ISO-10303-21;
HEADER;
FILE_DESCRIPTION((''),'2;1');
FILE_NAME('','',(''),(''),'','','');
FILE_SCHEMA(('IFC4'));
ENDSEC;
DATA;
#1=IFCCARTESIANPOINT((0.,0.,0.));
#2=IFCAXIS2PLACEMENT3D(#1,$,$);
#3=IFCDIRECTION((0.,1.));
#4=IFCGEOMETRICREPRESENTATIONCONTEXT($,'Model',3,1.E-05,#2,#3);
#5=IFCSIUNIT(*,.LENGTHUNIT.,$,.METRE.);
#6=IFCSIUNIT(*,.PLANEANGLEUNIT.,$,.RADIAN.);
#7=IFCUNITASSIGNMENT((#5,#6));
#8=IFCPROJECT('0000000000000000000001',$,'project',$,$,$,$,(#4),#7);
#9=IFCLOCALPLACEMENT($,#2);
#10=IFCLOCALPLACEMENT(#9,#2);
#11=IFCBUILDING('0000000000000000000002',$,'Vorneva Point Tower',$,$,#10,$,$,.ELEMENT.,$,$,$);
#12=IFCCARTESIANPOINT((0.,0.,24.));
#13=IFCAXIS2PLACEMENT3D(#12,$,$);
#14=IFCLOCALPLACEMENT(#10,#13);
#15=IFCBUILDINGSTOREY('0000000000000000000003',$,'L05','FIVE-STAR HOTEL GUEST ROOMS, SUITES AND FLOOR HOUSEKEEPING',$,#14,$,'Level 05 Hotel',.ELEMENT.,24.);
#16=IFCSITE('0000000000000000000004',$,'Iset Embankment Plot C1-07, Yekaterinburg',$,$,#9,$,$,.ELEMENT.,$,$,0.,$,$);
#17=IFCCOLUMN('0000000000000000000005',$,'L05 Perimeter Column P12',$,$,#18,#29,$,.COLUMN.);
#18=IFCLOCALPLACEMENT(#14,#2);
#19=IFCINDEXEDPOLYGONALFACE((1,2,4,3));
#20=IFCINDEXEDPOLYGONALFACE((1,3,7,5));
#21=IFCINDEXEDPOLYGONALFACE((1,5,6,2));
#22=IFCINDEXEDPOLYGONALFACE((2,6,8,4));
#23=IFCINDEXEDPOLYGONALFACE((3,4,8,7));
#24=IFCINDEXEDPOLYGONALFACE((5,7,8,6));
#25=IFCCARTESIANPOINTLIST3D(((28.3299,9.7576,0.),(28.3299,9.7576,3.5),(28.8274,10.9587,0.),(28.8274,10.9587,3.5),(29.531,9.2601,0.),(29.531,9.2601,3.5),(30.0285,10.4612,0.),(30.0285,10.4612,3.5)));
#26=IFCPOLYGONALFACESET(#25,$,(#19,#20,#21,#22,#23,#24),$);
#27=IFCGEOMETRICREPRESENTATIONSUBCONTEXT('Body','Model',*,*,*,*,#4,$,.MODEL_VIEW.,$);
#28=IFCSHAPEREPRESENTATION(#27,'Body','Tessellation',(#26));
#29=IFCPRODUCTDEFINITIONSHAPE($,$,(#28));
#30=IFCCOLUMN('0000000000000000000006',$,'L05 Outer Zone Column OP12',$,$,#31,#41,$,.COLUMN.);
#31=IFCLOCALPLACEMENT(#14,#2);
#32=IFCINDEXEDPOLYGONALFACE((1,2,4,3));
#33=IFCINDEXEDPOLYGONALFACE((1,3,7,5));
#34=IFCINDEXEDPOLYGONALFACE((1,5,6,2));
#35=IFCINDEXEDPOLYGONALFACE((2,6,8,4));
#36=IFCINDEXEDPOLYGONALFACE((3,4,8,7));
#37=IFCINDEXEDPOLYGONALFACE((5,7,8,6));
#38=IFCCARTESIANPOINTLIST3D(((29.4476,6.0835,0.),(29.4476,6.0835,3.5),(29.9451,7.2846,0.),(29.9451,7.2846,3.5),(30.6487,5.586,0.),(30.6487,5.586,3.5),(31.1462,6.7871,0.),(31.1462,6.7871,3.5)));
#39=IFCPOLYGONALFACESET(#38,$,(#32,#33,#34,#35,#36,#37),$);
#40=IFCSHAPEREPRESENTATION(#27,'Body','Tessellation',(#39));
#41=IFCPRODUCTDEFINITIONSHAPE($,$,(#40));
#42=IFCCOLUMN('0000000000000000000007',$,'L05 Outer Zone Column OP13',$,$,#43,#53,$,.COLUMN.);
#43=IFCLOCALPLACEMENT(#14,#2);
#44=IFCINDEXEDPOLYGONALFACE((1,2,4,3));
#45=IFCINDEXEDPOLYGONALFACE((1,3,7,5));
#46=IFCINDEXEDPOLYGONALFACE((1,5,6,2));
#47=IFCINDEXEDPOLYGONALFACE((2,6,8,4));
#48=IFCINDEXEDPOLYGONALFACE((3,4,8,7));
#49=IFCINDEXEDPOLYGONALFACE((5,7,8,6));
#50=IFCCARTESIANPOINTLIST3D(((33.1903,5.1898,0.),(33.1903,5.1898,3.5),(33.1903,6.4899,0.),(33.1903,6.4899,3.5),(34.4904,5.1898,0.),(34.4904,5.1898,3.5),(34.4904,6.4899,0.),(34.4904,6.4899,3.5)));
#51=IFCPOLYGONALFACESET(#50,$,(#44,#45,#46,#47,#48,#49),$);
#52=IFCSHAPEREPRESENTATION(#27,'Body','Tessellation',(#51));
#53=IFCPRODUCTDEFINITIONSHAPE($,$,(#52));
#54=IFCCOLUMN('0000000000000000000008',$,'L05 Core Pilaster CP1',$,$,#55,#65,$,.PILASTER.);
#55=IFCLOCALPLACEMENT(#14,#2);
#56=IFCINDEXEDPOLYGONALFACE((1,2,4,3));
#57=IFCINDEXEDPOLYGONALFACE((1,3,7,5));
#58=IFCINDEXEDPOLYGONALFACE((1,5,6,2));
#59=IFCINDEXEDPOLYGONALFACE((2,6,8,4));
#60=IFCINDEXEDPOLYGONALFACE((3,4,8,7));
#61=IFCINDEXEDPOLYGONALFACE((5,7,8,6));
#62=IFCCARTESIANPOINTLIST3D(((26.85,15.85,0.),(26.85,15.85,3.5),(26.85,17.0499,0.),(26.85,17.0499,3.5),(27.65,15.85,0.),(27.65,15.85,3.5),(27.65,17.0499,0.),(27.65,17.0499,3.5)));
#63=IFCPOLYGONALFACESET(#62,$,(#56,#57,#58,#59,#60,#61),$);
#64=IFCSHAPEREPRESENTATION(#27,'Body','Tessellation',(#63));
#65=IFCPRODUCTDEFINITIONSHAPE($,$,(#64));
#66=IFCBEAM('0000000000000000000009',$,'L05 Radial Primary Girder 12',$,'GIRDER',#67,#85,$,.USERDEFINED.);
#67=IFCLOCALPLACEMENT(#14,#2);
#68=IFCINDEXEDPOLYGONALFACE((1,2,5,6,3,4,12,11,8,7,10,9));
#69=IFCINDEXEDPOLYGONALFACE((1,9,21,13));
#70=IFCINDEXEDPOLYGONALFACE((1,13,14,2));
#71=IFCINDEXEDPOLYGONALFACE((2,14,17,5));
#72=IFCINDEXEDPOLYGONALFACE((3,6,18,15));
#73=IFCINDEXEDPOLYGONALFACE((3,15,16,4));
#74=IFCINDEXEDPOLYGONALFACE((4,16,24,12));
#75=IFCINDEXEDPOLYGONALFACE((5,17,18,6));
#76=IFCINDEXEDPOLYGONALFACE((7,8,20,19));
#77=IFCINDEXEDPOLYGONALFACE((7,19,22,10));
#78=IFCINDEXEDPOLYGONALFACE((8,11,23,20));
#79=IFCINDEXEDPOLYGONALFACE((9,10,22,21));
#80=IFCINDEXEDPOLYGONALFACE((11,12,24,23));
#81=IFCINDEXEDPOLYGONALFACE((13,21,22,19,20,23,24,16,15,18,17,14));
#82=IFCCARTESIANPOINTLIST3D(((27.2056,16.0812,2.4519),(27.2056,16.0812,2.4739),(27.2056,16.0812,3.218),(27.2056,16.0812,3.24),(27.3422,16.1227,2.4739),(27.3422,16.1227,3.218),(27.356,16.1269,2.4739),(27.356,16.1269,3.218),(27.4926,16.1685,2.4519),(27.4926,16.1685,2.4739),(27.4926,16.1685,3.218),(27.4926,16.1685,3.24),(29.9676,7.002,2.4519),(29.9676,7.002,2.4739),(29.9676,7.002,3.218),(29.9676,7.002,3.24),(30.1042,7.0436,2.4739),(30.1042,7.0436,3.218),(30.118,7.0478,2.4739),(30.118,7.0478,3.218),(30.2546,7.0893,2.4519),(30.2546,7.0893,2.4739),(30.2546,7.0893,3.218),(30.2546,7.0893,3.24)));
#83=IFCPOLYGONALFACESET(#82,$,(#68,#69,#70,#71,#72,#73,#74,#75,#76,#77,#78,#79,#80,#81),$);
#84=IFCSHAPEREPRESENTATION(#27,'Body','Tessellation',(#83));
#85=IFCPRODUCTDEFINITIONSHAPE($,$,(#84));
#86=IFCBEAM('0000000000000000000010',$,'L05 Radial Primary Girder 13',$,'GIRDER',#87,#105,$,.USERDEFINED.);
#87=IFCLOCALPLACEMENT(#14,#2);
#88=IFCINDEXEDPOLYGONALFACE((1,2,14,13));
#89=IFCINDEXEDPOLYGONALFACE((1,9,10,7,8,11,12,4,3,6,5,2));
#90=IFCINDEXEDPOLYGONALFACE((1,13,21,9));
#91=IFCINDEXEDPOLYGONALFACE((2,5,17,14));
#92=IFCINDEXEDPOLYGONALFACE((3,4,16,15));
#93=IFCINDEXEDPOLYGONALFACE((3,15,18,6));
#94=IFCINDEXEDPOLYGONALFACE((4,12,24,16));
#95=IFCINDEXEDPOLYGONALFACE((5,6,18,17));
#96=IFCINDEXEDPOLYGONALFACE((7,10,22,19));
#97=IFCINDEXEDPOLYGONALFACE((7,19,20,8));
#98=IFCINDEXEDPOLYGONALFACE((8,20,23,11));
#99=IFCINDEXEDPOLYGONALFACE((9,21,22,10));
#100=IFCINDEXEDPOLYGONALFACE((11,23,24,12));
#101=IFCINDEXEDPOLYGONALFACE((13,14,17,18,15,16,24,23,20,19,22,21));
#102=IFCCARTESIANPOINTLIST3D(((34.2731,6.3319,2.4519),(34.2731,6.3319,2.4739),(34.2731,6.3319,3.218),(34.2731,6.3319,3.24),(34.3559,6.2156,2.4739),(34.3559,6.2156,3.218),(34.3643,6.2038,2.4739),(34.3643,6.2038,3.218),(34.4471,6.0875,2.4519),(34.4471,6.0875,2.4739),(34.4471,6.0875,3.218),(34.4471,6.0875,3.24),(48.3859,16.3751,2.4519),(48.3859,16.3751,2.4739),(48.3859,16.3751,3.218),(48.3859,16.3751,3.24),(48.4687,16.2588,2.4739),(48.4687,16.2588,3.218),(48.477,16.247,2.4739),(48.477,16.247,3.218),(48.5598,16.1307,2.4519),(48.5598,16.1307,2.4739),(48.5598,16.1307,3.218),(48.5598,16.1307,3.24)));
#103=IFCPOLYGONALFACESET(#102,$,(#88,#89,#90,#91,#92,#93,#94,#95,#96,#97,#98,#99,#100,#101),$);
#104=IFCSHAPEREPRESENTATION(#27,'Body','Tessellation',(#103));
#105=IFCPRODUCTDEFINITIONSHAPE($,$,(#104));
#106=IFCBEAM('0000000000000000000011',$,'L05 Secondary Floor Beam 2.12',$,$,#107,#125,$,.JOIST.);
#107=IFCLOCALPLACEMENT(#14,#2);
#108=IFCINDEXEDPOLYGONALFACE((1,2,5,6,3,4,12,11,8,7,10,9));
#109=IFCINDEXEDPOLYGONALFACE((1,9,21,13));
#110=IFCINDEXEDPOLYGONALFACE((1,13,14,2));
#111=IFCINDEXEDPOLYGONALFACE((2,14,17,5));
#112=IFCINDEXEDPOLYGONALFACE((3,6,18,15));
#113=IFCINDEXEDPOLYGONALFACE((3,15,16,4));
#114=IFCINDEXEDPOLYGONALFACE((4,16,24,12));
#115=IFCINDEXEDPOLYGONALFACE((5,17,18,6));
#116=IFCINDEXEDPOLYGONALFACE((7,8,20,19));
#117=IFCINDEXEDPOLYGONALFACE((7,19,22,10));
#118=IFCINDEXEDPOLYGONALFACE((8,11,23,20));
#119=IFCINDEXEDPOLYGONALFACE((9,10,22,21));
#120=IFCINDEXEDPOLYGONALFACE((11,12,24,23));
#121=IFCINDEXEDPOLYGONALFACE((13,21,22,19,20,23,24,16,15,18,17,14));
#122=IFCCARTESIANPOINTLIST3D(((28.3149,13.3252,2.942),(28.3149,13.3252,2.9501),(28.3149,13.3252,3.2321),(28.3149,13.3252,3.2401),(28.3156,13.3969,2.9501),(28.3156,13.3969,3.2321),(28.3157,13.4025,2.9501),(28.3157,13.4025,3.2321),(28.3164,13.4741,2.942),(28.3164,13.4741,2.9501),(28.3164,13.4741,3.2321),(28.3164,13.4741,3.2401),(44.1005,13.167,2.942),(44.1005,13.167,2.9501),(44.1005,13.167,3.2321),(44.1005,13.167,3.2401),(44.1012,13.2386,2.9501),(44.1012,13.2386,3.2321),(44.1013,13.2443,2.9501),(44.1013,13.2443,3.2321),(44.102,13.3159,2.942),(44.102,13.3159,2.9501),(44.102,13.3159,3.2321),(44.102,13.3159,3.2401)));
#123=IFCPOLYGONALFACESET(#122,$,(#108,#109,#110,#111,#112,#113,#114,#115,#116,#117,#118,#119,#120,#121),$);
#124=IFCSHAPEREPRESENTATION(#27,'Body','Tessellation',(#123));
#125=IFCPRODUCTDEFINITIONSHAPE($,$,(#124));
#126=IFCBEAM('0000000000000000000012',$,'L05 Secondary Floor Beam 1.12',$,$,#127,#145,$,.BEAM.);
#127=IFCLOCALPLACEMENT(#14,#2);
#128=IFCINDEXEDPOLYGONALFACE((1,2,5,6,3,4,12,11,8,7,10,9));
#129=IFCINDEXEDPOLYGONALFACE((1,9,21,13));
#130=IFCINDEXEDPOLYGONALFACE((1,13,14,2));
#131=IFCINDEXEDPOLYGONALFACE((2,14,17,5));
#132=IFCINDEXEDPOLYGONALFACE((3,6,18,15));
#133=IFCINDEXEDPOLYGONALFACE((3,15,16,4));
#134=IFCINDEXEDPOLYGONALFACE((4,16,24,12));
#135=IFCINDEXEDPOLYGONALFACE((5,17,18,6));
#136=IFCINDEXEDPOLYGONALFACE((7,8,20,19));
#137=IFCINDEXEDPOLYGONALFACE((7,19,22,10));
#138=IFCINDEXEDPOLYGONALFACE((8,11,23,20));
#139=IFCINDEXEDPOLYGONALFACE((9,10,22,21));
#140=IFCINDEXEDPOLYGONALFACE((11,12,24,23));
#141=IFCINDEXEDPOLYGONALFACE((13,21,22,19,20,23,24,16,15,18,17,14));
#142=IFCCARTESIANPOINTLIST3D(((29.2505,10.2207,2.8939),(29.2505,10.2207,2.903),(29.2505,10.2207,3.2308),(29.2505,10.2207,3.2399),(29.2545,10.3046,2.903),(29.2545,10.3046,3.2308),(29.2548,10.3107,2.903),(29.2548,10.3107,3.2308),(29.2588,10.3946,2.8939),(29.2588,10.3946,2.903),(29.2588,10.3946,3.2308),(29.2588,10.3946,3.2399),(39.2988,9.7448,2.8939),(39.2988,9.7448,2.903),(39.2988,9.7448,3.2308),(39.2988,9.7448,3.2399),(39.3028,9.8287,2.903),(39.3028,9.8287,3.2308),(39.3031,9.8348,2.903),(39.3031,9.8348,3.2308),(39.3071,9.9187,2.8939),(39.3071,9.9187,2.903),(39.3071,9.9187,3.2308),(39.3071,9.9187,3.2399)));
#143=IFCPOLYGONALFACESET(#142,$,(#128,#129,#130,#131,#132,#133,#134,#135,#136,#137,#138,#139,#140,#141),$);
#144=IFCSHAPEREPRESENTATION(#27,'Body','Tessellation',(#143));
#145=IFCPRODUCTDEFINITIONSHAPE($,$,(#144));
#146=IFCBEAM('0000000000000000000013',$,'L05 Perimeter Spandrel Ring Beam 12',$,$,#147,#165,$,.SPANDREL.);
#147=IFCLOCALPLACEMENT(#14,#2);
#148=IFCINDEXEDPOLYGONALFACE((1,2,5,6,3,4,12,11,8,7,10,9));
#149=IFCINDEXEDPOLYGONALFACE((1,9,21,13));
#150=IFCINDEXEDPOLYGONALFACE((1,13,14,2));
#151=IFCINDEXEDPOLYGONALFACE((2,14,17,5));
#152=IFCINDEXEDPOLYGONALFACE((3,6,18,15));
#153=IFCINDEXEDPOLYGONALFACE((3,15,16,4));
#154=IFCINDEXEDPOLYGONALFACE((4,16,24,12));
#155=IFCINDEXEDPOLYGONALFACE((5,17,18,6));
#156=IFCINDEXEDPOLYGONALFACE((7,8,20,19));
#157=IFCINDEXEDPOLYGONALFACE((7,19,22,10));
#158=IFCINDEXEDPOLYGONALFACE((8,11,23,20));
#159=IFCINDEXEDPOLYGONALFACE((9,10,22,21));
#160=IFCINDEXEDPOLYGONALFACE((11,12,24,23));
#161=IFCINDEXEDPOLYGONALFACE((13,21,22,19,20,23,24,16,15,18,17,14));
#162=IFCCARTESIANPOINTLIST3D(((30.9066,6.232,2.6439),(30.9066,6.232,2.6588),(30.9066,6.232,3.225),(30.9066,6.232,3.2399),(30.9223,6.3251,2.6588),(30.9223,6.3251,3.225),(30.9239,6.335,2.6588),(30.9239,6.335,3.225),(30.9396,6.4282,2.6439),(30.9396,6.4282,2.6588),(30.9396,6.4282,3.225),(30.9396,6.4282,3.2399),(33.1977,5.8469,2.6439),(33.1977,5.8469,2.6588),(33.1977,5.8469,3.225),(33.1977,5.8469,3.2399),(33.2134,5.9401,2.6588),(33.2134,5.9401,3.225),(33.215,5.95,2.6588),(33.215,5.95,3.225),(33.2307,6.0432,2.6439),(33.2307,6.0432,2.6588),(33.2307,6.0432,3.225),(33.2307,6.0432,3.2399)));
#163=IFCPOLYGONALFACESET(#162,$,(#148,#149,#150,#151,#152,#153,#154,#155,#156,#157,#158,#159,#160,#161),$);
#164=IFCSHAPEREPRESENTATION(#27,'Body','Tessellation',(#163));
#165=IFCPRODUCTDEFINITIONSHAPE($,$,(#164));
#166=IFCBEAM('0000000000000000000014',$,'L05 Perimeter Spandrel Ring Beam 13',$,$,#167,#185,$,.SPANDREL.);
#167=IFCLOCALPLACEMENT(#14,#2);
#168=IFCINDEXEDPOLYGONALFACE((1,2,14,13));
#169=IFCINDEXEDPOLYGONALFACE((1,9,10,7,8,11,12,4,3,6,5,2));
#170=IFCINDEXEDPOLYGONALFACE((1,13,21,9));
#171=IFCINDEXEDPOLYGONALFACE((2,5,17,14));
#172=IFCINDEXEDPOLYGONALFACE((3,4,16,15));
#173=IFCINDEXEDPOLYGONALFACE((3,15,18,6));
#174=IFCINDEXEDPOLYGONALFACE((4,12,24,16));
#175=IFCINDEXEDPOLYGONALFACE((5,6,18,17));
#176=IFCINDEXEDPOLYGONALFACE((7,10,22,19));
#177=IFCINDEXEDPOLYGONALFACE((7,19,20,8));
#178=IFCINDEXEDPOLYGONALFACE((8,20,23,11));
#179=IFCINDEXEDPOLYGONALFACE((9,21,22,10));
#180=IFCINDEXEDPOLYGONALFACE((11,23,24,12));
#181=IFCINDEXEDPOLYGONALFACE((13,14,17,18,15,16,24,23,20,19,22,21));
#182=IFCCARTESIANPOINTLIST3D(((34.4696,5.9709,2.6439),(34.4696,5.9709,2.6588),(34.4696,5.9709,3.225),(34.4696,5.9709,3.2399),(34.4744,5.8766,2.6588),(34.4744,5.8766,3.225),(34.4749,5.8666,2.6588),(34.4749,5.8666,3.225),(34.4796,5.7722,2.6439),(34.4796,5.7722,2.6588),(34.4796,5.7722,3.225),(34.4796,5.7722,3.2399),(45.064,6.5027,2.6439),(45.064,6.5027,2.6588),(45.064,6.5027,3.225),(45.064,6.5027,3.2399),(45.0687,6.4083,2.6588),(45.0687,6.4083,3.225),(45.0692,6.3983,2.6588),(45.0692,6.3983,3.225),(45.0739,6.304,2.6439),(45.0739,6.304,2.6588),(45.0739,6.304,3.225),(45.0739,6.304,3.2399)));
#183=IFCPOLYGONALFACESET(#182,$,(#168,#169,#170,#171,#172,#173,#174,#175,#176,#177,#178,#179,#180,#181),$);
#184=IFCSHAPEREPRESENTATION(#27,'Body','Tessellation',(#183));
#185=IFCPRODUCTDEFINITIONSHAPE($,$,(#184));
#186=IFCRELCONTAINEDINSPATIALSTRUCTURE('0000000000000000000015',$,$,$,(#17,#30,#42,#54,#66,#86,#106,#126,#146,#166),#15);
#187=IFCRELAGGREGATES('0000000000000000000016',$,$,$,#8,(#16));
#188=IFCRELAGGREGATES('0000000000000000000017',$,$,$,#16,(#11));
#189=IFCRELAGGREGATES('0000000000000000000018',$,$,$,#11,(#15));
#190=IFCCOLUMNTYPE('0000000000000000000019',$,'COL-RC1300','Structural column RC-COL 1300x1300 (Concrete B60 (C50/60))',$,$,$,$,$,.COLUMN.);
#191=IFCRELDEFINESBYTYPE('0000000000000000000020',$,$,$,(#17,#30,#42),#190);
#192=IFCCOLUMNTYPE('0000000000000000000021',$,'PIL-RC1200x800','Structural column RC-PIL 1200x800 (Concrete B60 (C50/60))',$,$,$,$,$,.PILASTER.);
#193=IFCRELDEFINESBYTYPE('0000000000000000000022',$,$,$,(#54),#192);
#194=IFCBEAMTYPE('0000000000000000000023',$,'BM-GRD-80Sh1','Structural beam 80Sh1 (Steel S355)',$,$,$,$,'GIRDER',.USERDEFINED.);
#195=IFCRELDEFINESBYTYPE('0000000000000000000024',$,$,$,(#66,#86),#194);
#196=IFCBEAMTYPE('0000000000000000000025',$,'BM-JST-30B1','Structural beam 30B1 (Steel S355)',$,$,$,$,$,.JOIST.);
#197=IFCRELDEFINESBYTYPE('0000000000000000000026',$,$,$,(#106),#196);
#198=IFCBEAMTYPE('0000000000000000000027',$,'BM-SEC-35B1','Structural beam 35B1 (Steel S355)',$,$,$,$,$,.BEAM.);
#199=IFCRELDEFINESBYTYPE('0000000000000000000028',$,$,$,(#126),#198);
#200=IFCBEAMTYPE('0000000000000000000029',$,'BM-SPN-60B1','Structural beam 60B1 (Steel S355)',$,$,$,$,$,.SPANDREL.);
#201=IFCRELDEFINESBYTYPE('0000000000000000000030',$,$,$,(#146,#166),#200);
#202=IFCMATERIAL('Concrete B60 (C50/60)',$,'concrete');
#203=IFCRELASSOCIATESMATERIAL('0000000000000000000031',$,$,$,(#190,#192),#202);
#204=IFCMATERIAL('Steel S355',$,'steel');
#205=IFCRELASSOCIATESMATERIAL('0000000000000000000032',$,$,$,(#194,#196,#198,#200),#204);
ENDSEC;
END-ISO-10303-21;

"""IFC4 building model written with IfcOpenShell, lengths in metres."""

from ifc_helpers import new_model, si_unit, direction, frame, origin, origin_2d, place, context, subcontext, project, spatial, rectangle, i_section, extrude, material, material_profile, profile_set, type_object, element, save


model = new_model("IFC4")

# Units and contexts
model_context = context("Model", 3, precision=1e-05, world=origin(), true_north=direction((0.0, 1.0)))
body_context = subcontext(model_context, "Body", "Model", "MODEL_VIEW")
ifc_project = project(units=[si_unit("LENGTHUNIT", "METRE"), si_unit("PLANEANGLEUNIT", "RADIAN")], contexts=[model_context])

# Site, building, storey
site_placement = place(None, origin())
site = spatial("IfcSite", under=ifc_project, at=site_placement, Name="Iset Embankment Plot C1-07, Yekaterinburg", CompositionType="ELEMENT", RefElevation=0.0)
building_placement = place(site_placement, origin())
building = spatial("IfcBuilding", under=site, at=building_placement, Name="Vorneva Point Tower", CompositionType="ELEMENT")
storey_placement = place(building_placement, frame((0.0, 0.0, 24.0)))
storey = spatial("IfcBuildingStorey", under=building, at=storey_placement, Name="L05", Description="FIVE-STAR HOTEL GUEST ROOMS, SUITES AND FLOOR HOUSEKEEPING", LongName="Level 05 Hotel", CompositionType="ELEMENT", Elevation=24.0)

# Columns
ifc_material_1 = material(Name="Concrete B60 (C50/60)", Category="concrete")
ifc_material_profile_1 = material_profile(ifc_material_1, rectangle(XDim=1.3, YDim=1.3, at=origin_2d()), Name="RC-COL 1300x1300")
ifc_profile_set_1 = profile_set([ifc_material_profile_1], Name="Concrete B60 (C50/60)")
column_type_1 = type_object("IfcColumnType", Name="COL-RC1300", Description="Structural column RC-COL 1300x1300 (Concrete B60 (C50/60))", PredefinedType="COLUMN", material=ifc_profile_set_1)
for number, where, z_axis, x_axis, name in (
    (1, (29.1792, 10.1094, 0.0), (0.0, 0.0, 1.0), (-0.382683, -0.92388, 0.0), "L05 Perimeter Column P12"),
    (2, (30.2969, 6.4353, 0.0), (0.0, 0.0, 1.0), (-0.382683, -0.92388, 0.0), "L05 Outer Zone Column OP12"),
    (3, (33.8403, 5.8398, 0.0), (0.0, 0.0, 1.0), (0.0, -1.0, 0.0), "L05 Outer Zone Column OP13"),
):
    element("IfcColumn", number, at=place(storey_placement, frame(where, z_axis=z_axis, x_axis=x_axis)), inside=storey, type_object=column_type_1, Name=name, PredefinedType="COLUMN", context=body_context, shape_type="SweptSolid", body=[
        extrude(rectangle(XDim=1.3, YDim=1.3, at=origin_2d()), origin(), (0.0, 0.0, 1.0), 3.5),
    ])
ifc_material_profile_2 = material_profile(ifc_material_1, rectangle(XDim=0.8, YDim=1.2, at=origin_2d()), Name="RC-PIL 1200x800")
ifc_profile_set_2 = profile_set([ifc_material_profile_2], Name="Concrete B60 (C50/60)")
column_type_2 = type_object("IfcColumnType", Name="PIL-RC1200x800", Description="Structural column RC-PIL 1200x800 (Concrete B60 (C50/60))", PredefinedType="PILASTER", material=ifc_profile_set_2)
column_placement = place(storey_placement, frame((27.25, 16.45, 0.0), z_axis=(0.0, 0.0, 1.0), x_axis=(1.0, 0.0, 0.0)))
element("IfcColumn", 4, at=column_placement, inside=storey, type_object=column_type_2, Name="L05 Core Pilaster CP1", PredefinedType="PILASTER", context=body_context, shape_type="SweptSolid", body=[
    extrude(rectangle(XDim=0.8, YDim=1.2, at=origin_2d()), origin(), (0.0, 0.0, 1.0), 3.5),
])

# Beams
ifc_material_2 = material(Name="Steel S355", Category="steel")
ifc_material_profile_3 = material_profile(ifc_material_2, i_section(OverallWidth=0.3, OverallDepth=0.7881, WebThickness=0.0144, FlangeThickness=0.022, at=origin_2d()), Name="80Sh1")
ifc_profile_set_3 = profile_set([ifc_material_profile_3], Name="Steel S355")
beam_type_1 = type_object("IfcBeamType", Name="BM-GRD-80Sh1", Description="Structural beam 80Sh1 (Steel S355)", ElementType="GIRDER", PredefinedType="USERDEFINED", material=ifc_profile_set_3)
beam_1_placement = place(storey_placement, frame((30.1111, 7.0457, 2.8459), z_axis=(-0.291042, 0.95671, 0.0), x_axis=(-0.95671, -0.291042, 0.0)))
element("IfcBeam", 5, at=beam_1_placement, inside=storey, type_object=beam_type_1, Name="L05 Radial Primary Girder 12", ObjectType="GIRDER", PredefinedType="USERDEFINED", context=body_context, shape_type="SweptSolid", body=[
    extrude(i_section(OverallWidth=0.3, OverallDepth=0.7881, WebThickness=0.0144, FlangeThickness=0.022, at=origin_2d()), origin(), (0.0, 0.0, 1.0), 9.49),
])
beam_2_placement = place(storey_placement, frame((34.3601, 6.2097, 2.8459), z_axis=(0.814752, 0.579809, 0.0), x_axis=(-0.579809, 0.814752, 0.0)))
element("IfcBeam", 6, at=beam_2_placement, inside=storey, type_object=beam_type_1, Name="L05 Radial Primary Girder 13", ObjectType="GIRDER", PredefinedType="USERDEFINED", context=body_context, shape_type="SweptSolid", body=[
    extrude(i_section(OverallWidth=0.3, OverallDepth=0.7881, WebThickness=0.0144, FlangeThickness=0.022, at=origin_2d()), origin(), (0.0, 0.0, 1.0), 17.3215),
])
ifc_material_profile_4 = material_profile(ifc_material_2, i_section(OverallWidth=0.1489, OverallDepth=0.2981, WebThickness=0.0056, FlangeThickness=0.0081, at=origin_2d()), Name="30B1")
ifc_profile_set_4 = profile_set([ifc_material_profile_4], Name="Steel S355")
beam_type_2 = type_object("IfcBeamType", Name="BM-JST-30B1", Description="Structural beam 30B1 (Steel S355)", PredefinedType="JOIST", material=ifc_profile_set_4)
beam_3_placement = place(storey_placement, frame((28.3157, 13.3997, 3.0911), z_axis=(0.99995, -0.010021, 0.0), x_axis=(0.010021, 0.99995, 0.0)))
element("IfcBeam", 7, at=beam_3_placement, inside=storey, type_object=beam_type_2, Name="L05 Secondary Floor Beam 2.12", PredefinedType="JOIST", context=body_context, shape_type="SweptSolid", body=[
    extrude(i_section(OverallWidth=0.1489, OverallDepth=0.2981, WebThickness=0.0056, FlangeThickness=0.0081, at=origin_2d()), origin(), (0.0, 0.0, 1.0), 15.7864),
])
ifc_material_profile_5 = material_profile(ifc_material_2, i_section(OverallWidth=0.1741, OverallDepth=0.3459, WebThickness=0.0061, FlangeThickness=0.009, at=origin_2d()), Name="35B1")
ifc_profile_set_5 = profile_set([ifc_material_profile_5], Name="Steel S355")
beam_type_3 = type_object("IfcBeamType", Name="BM-SEC-35B1", Description="Structural beam 35B1 (Steel S355)", PredefinedType="BEAM", material=ifc_profile_set_5)
beam_4_placement = place(storey_placement, frame((29.2546, 10.3076, 3.0669), z_axis=(0.998881, -0.047301, 0.0), x_axis=(0.047301, 0.998881, 0.0)))
element("IfcBeam", 8, at=beam_4_placement, inside=storey, type_object=beam_type_3, Name="L05 Secondary Floor Beam 1.12", PredefinedType="BEAM", context=body_context, shape_type="SweptSolid", body=[
    extrude(i_section(OverallWidth=0.1741, OverallDepth=0.3459, WebThickness=0.0061, FlangeThickness=0.009, at=origin_2d()), origin(), (0.0, 0.0, 1.0), 10.0596),
])
ifc_material_profile_6 = material_profile(ifc_material_2, i_section(OverallWidth=0.199, OverallDepth=0.5959, WebThickness=0.01, FlangeThickness=0.0149, at=origin_2d()), Name="60B1")
ifc_profile_set_6 = profile_set([ifc_material_profile_6], Name="Steel S355")
beam_type_4 = type_object("IfcBeamType", Name="BM-SPN-60B1", Description="Structural beam 60B1 (Steel S355)", PredefinedType="SPANDREL", material=ifc_profile_set_6)
beam_5_placement = place(storey_placement, frame((30.9231, 6.3301, 2.9419), z_axis=(0.986171, -0.165728, 0.0), x_axis=(0.165728, 0.986171, 0.0)))
element("IfcBeam", 9, at=beam_5_placement, inside=storey, type_object=beam_type_4, Name="L05 Perimeter Spandrel Ring Beam 12", PredefinedType="SPANDREL", context=body_context, shape_type="SweptSolid", body=[
    extrude(i_section(OverallWidth=0.199, OverallDepth=0.5959, WebThickness=0.01, FlangeThickness=0.0149, at=origin_2d()), origin(), (0.0, 0.0, 1.0), 2.3232),
])
beam_6_placement = place(storey_placement, frame((34.4746, 5.8716, 2.9419), z_axis=(0.998743, 0.050128, 0.0), x_axis=(-0.050128, 0.998743, 0.0)))
element("IfcBeam", 10, at=beam_6_placement, inside=storey, type_object=beam_type_4, Name="L05 Perimeter Spandrel Ring Beam 13", PredefinedType="SPANDREL", context=body_context, shape_type="SweptSolid", body=[
    extrude(i_section(OverallWidth=0.199, OverallDepth=0.5959, WebThickness=0.01, FlangeThickness=0.0149, at=origin_2d()), origin(), (0.0, 0.0, 1.0), 10.6077),
])

save(model, "model.ifc")
